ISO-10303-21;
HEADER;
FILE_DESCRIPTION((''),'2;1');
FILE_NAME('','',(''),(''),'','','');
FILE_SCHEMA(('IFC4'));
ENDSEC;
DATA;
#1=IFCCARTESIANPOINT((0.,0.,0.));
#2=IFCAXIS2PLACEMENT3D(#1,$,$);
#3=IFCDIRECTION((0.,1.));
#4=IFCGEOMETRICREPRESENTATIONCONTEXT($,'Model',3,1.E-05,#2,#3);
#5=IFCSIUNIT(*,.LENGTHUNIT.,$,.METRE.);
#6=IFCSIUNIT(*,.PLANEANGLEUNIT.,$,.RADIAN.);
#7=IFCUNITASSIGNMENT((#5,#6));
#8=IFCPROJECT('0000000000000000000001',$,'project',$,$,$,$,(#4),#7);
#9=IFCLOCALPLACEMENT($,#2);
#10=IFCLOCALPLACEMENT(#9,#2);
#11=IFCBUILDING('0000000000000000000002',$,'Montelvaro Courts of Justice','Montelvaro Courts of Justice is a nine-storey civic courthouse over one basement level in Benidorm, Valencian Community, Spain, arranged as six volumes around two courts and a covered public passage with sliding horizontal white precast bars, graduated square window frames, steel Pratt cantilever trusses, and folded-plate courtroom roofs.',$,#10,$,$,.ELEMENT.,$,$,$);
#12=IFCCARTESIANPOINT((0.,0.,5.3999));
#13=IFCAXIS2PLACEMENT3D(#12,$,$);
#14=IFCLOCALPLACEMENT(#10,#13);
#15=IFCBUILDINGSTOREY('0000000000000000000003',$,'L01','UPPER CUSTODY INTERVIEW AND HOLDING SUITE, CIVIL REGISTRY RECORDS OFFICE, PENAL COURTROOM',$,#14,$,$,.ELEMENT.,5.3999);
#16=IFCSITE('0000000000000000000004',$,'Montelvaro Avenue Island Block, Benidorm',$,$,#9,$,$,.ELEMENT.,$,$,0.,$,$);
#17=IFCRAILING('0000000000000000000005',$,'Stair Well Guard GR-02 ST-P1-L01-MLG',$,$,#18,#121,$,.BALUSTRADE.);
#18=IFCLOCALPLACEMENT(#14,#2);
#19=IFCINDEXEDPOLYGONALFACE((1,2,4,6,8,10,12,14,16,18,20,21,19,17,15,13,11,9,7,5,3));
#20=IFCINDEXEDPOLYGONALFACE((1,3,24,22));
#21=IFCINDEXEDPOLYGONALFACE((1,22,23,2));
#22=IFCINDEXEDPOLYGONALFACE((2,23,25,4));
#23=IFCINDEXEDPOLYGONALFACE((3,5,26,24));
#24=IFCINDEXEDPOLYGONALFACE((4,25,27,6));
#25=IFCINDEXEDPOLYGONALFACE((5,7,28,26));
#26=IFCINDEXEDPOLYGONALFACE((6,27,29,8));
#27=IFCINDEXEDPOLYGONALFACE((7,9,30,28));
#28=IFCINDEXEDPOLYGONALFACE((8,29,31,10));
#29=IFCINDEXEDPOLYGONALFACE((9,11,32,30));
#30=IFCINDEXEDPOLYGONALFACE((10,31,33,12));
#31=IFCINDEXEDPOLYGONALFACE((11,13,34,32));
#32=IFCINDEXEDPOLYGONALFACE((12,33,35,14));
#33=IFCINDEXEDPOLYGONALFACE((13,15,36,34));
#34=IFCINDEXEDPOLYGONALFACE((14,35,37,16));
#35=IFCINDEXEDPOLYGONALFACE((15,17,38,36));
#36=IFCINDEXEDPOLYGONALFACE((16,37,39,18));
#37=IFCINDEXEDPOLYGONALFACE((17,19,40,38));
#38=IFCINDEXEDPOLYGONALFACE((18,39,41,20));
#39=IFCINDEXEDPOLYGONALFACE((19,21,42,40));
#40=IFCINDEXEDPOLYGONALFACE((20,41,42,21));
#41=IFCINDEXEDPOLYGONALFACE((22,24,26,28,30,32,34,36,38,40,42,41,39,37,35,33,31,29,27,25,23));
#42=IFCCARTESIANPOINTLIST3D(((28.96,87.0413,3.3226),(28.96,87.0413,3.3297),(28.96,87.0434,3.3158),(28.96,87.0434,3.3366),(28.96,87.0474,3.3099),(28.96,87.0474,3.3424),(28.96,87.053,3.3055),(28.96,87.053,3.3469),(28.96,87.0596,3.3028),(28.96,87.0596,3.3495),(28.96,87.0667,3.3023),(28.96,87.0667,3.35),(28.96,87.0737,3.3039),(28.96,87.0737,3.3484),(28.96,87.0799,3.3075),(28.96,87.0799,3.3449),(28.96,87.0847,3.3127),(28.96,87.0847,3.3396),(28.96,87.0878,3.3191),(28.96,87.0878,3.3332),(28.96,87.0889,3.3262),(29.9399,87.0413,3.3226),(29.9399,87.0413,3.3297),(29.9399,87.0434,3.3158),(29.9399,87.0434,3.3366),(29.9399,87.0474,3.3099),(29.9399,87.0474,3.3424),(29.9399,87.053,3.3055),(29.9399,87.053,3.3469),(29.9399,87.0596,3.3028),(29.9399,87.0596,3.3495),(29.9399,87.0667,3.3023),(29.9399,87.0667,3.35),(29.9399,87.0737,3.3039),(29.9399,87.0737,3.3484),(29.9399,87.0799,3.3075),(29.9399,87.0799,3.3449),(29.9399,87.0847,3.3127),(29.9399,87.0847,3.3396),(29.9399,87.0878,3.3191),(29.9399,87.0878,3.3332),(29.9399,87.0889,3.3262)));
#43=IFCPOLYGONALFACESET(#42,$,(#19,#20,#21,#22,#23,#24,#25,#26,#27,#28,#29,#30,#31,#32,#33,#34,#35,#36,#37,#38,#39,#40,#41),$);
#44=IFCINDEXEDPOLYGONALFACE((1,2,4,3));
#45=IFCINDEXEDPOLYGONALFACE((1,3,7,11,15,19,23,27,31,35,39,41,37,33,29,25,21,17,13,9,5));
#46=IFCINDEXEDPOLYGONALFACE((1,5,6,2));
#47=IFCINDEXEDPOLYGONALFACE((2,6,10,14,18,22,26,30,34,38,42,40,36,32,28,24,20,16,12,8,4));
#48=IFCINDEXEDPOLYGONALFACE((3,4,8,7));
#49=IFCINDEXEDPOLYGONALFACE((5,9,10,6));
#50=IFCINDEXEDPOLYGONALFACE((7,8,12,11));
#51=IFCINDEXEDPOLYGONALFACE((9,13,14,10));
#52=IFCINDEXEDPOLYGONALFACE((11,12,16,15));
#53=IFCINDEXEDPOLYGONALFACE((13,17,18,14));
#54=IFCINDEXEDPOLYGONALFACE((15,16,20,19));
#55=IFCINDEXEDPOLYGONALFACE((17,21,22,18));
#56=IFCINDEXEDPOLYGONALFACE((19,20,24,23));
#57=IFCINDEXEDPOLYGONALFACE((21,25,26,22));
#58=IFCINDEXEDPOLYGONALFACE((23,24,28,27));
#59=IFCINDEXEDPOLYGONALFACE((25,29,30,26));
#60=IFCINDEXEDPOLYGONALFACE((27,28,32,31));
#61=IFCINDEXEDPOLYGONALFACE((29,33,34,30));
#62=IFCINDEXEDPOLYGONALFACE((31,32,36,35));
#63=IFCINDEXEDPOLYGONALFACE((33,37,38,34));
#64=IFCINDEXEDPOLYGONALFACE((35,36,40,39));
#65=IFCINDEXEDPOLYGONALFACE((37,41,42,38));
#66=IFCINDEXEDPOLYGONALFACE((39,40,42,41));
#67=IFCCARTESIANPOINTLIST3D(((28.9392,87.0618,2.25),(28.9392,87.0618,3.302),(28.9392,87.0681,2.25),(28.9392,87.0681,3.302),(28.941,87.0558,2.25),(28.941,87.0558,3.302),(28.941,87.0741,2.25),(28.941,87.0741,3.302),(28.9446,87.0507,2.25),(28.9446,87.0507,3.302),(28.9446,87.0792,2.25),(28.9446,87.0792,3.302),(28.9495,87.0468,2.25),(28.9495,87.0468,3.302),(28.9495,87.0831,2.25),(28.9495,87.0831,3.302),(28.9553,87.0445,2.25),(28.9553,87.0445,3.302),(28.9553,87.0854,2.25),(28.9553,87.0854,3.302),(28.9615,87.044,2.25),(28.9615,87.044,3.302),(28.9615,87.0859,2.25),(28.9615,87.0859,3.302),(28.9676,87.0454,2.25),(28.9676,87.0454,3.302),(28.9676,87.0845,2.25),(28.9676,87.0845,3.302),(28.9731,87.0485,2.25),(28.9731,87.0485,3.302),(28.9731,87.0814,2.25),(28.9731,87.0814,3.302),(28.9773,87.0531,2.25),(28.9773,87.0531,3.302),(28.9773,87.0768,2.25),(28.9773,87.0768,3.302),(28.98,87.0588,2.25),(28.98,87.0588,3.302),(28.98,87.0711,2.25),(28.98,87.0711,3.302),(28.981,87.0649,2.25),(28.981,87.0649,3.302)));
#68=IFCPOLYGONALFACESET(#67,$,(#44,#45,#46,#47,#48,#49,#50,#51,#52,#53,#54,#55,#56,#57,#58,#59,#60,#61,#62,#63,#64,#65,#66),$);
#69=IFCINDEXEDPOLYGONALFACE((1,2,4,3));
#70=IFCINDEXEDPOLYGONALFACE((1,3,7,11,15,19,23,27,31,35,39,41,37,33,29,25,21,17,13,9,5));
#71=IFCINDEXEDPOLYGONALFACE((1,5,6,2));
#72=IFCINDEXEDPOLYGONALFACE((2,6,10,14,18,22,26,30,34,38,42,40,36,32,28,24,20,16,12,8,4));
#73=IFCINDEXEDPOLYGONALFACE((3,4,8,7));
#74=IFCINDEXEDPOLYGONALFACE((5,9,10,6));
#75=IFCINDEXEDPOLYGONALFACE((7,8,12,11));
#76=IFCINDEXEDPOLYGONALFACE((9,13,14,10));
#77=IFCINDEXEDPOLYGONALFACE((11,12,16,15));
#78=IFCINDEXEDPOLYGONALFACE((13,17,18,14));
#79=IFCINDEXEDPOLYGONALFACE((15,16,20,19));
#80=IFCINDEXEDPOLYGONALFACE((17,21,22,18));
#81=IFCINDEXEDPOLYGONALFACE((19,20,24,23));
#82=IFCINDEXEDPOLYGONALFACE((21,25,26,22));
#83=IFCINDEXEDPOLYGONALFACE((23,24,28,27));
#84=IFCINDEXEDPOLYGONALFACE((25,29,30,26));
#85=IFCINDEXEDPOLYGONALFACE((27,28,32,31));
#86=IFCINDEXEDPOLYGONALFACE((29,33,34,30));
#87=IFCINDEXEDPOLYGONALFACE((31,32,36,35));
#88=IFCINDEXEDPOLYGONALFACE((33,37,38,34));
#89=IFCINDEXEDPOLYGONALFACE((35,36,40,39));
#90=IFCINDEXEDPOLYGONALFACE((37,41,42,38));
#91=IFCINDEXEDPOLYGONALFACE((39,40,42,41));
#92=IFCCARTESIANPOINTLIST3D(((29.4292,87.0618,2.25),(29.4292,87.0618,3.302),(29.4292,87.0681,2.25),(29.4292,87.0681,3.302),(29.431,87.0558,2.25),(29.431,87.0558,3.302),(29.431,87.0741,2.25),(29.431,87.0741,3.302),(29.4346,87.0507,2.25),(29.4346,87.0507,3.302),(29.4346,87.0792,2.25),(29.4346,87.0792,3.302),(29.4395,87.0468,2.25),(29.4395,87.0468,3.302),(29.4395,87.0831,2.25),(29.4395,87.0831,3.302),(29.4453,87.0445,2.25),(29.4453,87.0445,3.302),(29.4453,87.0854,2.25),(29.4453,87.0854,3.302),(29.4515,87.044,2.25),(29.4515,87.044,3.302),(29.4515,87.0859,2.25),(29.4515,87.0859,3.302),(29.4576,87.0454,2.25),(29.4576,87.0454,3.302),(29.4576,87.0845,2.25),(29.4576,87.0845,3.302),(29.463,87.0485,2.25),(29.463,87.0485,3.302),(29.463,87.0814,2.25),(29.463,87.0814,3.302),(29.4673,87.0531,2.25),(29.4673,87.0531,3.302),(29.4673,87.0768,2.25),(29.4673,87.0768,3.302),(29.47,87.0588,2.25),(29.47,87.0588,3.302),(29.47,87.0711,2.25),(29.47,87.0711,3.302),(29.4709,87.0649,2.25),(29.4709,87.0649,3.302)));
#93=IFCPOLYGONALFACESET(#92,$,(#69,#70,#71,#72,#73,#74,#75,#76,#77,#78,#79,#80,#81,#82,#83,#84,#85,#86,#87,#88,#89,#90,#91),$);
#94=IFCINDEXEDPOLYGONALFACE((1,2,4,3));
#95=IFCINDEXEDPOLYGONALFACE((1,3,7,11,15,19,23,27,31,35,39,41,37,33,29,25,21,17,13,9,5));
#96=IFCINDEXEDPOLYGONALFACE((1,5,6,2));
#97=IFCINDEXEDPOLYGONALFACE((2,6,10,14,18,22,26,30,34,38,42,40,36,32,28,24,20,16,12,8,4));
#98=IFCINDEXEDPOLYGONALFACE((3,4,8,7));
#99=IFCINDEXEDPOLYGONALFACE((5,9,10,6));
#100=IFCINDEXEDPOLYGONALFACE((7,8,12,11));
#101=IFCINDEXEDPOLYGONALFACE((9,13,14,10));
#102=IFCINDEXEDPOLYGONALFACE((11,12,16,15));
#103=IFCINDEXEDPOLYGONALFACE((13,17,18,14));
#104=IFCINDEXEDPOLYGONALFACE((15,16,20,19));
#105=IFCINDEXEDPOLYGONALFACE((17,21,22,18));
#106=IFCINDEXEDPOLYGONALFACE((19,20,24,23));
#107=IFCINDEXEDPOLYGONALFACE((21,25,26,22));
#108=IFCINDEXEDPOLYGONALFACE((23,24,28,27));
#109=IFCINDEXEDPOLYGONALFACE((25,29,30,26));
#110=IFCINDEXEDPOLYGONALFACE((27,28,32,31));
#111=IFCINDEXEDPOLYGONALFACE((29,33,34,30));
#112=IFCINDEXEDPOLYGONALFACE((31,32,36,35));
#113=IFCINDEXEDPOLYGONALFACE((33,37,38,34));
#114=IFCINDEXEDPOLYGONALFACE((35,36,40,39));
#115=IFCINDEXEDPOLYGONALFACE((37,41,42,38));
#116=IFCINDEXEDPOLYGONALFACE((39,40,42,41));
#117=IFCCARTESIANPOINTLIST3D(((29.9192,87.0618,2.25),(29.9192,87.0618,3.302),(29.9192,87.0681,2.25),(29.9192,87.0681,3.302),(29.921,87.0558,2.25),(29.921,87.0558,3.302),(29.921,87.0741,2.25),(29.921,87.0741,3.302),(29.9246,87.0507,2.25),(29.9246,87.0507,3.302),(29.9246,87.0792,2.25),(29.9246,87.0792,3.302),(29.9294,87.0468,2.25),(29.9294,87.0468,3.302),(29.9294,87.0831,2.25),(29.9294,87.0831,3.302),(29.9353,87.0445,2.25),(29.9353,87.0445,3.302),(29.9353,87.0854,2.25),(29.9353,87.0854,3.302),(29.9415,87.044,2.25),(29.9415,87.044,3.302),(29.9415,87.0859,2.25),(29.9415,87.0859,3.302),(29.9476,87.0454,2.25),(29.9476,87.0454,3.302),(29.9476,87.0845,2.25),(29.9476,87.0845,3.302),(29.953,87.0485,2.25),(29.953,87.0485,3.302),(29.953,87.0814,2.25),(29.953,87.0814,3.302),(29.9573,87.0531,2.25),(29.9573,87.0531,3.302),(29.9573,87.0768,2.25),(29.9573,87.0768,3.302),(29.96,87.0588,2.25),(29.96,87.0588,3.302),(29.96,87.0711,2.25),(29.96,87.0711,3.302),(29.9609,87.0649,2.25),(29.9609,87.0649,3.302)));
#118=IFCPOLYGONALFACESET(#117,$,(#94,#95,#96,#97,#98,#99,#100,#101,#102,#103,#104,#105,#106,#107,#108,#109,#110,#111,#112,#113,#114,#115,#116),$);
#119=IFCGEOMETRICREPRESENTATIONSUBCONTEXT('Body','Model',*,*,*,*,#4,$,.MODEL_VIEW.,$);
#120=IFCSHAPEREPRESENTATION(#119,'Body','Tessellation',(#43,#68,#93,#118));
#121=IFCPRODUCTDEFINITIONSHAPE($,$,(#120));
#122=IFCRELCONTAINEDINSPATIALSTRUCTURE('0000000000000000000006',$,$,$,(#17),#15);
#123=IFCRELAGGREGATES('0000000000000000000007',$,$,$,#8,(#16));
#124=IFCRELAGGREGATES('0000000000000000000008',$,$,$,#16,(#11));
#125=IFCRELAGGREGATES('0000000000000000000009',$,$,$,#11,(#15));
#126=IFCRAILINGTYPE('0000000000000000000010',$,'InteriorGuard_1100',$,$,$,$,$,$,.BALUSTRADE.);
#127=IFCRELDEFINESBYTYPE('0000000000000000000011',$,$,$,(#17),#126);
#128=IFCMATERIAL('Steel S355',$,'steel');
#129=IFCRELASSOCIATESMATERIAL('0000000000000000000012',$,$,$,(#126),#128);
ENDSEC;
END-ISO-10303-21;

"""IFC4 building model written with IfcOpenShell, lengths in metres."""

from ifc_helpers import new_model, si_unit, direction, frame, origin, origin_2d, place, context, subcontext, project, spatial, circle, extrude, material, type_object, element, save


model = new_model("IFC4")

# Units and contexts
model_context = context("Model", 3, precision=1e-05, world=origin(), true_north=direction((0.0, 1.0)))
body_context = subcontext(model_context, "Body", "Model", "MODEL_VIEW")
ifc_project = project(units=[si_unit("LENGTHUNIT", "METRE"), si_unit("PLANEANGLEUNIT", "RADIAN")], contexts=[model_context])

# Site, building, storey
site_placement = place(None, origin())
site = spatial("IfcSite", under=ifc_project, at=site_placement, Name="Montelvaro Avenue Island Block, Benidorm", CompositionType="ELEMENT", RefElevation=0.0)
building_placement = place(site_placement, origin())
building = spatial("IfcBuilding", under=site, at=building_placement, Name="Montelvaro Courts of Justice", Description="Montelvaro Courts of Justice is a nine-storey civic courthouse over one basement level in Benidorm, Valencian Community, Spain, arranged as six volumes around two courts and a covered public passage with sliding horizontal white precast bars, graduated square window frames, steel Pratt cantilever trusses, and folded-plate courtroom roofs.", CompositionType="ELEMENT")
storey_placement = place(building_placement, frame((0.0, 0.0, 5.3999)))
storey = spatial("IfcBuildingStorey", under=building, at=storey_placement, Name="L01", Description="UPPER CUSTODY INTERVIEW AND HOLDING SUITE, CIVIL REGISTRY RECORDS OFFICE, PENAL COURTROOM", CompositionType="ELEMENT", Elevation=5.3999)

# Shared definitions
ifc_material_1 = material(Name="Steel S355", Category="steel")

# Railing
railing_type_1 = type_object("IfcRailingType", Name="InteriorGuard_1100", PredefinedType="BALUSTRADE", material=ifc_material_1)
railing_1_placement = place(storey_placement, frame((28.96, 87.0649, 2.25)))
element("IfcRailing", 1, at=railing_1_placement, inside=storey, type_object=railing_type_1, Name="Stair Well Guard GR-02 ST-P1-L01-MLG", PredefinedType="BALUSTRADE", context=body_context, shape_type="SweptSolid", body=[
    extrude(circle(Radius=0.0239, at=origin_2d()), frame((0.0, 0.0, 1.0762), z_axis=(1.0, 0.0, 0.0), x_axis=(0.0, 1.0, 0.0)), (0.0, 0.0, 1.0), 0.98),
    extrude(circle(Radius=0.021, at=origin_2d()), origin(), (0.0, 0.0, 1.0), 1.052),
    extrude(circle(Radius=0.021, at=origin_2d()), frame((0.49, 0.0, 0.0)), (0.0, 0.0, 1.0), 1.052),
    extrude(circle(Radius=0.021, at=origin_2d()), frame((0.98, 0.0, 0.0)), (0.0, 0.0, 1.0), 1.052),
])

save(model, "model.ifc")
